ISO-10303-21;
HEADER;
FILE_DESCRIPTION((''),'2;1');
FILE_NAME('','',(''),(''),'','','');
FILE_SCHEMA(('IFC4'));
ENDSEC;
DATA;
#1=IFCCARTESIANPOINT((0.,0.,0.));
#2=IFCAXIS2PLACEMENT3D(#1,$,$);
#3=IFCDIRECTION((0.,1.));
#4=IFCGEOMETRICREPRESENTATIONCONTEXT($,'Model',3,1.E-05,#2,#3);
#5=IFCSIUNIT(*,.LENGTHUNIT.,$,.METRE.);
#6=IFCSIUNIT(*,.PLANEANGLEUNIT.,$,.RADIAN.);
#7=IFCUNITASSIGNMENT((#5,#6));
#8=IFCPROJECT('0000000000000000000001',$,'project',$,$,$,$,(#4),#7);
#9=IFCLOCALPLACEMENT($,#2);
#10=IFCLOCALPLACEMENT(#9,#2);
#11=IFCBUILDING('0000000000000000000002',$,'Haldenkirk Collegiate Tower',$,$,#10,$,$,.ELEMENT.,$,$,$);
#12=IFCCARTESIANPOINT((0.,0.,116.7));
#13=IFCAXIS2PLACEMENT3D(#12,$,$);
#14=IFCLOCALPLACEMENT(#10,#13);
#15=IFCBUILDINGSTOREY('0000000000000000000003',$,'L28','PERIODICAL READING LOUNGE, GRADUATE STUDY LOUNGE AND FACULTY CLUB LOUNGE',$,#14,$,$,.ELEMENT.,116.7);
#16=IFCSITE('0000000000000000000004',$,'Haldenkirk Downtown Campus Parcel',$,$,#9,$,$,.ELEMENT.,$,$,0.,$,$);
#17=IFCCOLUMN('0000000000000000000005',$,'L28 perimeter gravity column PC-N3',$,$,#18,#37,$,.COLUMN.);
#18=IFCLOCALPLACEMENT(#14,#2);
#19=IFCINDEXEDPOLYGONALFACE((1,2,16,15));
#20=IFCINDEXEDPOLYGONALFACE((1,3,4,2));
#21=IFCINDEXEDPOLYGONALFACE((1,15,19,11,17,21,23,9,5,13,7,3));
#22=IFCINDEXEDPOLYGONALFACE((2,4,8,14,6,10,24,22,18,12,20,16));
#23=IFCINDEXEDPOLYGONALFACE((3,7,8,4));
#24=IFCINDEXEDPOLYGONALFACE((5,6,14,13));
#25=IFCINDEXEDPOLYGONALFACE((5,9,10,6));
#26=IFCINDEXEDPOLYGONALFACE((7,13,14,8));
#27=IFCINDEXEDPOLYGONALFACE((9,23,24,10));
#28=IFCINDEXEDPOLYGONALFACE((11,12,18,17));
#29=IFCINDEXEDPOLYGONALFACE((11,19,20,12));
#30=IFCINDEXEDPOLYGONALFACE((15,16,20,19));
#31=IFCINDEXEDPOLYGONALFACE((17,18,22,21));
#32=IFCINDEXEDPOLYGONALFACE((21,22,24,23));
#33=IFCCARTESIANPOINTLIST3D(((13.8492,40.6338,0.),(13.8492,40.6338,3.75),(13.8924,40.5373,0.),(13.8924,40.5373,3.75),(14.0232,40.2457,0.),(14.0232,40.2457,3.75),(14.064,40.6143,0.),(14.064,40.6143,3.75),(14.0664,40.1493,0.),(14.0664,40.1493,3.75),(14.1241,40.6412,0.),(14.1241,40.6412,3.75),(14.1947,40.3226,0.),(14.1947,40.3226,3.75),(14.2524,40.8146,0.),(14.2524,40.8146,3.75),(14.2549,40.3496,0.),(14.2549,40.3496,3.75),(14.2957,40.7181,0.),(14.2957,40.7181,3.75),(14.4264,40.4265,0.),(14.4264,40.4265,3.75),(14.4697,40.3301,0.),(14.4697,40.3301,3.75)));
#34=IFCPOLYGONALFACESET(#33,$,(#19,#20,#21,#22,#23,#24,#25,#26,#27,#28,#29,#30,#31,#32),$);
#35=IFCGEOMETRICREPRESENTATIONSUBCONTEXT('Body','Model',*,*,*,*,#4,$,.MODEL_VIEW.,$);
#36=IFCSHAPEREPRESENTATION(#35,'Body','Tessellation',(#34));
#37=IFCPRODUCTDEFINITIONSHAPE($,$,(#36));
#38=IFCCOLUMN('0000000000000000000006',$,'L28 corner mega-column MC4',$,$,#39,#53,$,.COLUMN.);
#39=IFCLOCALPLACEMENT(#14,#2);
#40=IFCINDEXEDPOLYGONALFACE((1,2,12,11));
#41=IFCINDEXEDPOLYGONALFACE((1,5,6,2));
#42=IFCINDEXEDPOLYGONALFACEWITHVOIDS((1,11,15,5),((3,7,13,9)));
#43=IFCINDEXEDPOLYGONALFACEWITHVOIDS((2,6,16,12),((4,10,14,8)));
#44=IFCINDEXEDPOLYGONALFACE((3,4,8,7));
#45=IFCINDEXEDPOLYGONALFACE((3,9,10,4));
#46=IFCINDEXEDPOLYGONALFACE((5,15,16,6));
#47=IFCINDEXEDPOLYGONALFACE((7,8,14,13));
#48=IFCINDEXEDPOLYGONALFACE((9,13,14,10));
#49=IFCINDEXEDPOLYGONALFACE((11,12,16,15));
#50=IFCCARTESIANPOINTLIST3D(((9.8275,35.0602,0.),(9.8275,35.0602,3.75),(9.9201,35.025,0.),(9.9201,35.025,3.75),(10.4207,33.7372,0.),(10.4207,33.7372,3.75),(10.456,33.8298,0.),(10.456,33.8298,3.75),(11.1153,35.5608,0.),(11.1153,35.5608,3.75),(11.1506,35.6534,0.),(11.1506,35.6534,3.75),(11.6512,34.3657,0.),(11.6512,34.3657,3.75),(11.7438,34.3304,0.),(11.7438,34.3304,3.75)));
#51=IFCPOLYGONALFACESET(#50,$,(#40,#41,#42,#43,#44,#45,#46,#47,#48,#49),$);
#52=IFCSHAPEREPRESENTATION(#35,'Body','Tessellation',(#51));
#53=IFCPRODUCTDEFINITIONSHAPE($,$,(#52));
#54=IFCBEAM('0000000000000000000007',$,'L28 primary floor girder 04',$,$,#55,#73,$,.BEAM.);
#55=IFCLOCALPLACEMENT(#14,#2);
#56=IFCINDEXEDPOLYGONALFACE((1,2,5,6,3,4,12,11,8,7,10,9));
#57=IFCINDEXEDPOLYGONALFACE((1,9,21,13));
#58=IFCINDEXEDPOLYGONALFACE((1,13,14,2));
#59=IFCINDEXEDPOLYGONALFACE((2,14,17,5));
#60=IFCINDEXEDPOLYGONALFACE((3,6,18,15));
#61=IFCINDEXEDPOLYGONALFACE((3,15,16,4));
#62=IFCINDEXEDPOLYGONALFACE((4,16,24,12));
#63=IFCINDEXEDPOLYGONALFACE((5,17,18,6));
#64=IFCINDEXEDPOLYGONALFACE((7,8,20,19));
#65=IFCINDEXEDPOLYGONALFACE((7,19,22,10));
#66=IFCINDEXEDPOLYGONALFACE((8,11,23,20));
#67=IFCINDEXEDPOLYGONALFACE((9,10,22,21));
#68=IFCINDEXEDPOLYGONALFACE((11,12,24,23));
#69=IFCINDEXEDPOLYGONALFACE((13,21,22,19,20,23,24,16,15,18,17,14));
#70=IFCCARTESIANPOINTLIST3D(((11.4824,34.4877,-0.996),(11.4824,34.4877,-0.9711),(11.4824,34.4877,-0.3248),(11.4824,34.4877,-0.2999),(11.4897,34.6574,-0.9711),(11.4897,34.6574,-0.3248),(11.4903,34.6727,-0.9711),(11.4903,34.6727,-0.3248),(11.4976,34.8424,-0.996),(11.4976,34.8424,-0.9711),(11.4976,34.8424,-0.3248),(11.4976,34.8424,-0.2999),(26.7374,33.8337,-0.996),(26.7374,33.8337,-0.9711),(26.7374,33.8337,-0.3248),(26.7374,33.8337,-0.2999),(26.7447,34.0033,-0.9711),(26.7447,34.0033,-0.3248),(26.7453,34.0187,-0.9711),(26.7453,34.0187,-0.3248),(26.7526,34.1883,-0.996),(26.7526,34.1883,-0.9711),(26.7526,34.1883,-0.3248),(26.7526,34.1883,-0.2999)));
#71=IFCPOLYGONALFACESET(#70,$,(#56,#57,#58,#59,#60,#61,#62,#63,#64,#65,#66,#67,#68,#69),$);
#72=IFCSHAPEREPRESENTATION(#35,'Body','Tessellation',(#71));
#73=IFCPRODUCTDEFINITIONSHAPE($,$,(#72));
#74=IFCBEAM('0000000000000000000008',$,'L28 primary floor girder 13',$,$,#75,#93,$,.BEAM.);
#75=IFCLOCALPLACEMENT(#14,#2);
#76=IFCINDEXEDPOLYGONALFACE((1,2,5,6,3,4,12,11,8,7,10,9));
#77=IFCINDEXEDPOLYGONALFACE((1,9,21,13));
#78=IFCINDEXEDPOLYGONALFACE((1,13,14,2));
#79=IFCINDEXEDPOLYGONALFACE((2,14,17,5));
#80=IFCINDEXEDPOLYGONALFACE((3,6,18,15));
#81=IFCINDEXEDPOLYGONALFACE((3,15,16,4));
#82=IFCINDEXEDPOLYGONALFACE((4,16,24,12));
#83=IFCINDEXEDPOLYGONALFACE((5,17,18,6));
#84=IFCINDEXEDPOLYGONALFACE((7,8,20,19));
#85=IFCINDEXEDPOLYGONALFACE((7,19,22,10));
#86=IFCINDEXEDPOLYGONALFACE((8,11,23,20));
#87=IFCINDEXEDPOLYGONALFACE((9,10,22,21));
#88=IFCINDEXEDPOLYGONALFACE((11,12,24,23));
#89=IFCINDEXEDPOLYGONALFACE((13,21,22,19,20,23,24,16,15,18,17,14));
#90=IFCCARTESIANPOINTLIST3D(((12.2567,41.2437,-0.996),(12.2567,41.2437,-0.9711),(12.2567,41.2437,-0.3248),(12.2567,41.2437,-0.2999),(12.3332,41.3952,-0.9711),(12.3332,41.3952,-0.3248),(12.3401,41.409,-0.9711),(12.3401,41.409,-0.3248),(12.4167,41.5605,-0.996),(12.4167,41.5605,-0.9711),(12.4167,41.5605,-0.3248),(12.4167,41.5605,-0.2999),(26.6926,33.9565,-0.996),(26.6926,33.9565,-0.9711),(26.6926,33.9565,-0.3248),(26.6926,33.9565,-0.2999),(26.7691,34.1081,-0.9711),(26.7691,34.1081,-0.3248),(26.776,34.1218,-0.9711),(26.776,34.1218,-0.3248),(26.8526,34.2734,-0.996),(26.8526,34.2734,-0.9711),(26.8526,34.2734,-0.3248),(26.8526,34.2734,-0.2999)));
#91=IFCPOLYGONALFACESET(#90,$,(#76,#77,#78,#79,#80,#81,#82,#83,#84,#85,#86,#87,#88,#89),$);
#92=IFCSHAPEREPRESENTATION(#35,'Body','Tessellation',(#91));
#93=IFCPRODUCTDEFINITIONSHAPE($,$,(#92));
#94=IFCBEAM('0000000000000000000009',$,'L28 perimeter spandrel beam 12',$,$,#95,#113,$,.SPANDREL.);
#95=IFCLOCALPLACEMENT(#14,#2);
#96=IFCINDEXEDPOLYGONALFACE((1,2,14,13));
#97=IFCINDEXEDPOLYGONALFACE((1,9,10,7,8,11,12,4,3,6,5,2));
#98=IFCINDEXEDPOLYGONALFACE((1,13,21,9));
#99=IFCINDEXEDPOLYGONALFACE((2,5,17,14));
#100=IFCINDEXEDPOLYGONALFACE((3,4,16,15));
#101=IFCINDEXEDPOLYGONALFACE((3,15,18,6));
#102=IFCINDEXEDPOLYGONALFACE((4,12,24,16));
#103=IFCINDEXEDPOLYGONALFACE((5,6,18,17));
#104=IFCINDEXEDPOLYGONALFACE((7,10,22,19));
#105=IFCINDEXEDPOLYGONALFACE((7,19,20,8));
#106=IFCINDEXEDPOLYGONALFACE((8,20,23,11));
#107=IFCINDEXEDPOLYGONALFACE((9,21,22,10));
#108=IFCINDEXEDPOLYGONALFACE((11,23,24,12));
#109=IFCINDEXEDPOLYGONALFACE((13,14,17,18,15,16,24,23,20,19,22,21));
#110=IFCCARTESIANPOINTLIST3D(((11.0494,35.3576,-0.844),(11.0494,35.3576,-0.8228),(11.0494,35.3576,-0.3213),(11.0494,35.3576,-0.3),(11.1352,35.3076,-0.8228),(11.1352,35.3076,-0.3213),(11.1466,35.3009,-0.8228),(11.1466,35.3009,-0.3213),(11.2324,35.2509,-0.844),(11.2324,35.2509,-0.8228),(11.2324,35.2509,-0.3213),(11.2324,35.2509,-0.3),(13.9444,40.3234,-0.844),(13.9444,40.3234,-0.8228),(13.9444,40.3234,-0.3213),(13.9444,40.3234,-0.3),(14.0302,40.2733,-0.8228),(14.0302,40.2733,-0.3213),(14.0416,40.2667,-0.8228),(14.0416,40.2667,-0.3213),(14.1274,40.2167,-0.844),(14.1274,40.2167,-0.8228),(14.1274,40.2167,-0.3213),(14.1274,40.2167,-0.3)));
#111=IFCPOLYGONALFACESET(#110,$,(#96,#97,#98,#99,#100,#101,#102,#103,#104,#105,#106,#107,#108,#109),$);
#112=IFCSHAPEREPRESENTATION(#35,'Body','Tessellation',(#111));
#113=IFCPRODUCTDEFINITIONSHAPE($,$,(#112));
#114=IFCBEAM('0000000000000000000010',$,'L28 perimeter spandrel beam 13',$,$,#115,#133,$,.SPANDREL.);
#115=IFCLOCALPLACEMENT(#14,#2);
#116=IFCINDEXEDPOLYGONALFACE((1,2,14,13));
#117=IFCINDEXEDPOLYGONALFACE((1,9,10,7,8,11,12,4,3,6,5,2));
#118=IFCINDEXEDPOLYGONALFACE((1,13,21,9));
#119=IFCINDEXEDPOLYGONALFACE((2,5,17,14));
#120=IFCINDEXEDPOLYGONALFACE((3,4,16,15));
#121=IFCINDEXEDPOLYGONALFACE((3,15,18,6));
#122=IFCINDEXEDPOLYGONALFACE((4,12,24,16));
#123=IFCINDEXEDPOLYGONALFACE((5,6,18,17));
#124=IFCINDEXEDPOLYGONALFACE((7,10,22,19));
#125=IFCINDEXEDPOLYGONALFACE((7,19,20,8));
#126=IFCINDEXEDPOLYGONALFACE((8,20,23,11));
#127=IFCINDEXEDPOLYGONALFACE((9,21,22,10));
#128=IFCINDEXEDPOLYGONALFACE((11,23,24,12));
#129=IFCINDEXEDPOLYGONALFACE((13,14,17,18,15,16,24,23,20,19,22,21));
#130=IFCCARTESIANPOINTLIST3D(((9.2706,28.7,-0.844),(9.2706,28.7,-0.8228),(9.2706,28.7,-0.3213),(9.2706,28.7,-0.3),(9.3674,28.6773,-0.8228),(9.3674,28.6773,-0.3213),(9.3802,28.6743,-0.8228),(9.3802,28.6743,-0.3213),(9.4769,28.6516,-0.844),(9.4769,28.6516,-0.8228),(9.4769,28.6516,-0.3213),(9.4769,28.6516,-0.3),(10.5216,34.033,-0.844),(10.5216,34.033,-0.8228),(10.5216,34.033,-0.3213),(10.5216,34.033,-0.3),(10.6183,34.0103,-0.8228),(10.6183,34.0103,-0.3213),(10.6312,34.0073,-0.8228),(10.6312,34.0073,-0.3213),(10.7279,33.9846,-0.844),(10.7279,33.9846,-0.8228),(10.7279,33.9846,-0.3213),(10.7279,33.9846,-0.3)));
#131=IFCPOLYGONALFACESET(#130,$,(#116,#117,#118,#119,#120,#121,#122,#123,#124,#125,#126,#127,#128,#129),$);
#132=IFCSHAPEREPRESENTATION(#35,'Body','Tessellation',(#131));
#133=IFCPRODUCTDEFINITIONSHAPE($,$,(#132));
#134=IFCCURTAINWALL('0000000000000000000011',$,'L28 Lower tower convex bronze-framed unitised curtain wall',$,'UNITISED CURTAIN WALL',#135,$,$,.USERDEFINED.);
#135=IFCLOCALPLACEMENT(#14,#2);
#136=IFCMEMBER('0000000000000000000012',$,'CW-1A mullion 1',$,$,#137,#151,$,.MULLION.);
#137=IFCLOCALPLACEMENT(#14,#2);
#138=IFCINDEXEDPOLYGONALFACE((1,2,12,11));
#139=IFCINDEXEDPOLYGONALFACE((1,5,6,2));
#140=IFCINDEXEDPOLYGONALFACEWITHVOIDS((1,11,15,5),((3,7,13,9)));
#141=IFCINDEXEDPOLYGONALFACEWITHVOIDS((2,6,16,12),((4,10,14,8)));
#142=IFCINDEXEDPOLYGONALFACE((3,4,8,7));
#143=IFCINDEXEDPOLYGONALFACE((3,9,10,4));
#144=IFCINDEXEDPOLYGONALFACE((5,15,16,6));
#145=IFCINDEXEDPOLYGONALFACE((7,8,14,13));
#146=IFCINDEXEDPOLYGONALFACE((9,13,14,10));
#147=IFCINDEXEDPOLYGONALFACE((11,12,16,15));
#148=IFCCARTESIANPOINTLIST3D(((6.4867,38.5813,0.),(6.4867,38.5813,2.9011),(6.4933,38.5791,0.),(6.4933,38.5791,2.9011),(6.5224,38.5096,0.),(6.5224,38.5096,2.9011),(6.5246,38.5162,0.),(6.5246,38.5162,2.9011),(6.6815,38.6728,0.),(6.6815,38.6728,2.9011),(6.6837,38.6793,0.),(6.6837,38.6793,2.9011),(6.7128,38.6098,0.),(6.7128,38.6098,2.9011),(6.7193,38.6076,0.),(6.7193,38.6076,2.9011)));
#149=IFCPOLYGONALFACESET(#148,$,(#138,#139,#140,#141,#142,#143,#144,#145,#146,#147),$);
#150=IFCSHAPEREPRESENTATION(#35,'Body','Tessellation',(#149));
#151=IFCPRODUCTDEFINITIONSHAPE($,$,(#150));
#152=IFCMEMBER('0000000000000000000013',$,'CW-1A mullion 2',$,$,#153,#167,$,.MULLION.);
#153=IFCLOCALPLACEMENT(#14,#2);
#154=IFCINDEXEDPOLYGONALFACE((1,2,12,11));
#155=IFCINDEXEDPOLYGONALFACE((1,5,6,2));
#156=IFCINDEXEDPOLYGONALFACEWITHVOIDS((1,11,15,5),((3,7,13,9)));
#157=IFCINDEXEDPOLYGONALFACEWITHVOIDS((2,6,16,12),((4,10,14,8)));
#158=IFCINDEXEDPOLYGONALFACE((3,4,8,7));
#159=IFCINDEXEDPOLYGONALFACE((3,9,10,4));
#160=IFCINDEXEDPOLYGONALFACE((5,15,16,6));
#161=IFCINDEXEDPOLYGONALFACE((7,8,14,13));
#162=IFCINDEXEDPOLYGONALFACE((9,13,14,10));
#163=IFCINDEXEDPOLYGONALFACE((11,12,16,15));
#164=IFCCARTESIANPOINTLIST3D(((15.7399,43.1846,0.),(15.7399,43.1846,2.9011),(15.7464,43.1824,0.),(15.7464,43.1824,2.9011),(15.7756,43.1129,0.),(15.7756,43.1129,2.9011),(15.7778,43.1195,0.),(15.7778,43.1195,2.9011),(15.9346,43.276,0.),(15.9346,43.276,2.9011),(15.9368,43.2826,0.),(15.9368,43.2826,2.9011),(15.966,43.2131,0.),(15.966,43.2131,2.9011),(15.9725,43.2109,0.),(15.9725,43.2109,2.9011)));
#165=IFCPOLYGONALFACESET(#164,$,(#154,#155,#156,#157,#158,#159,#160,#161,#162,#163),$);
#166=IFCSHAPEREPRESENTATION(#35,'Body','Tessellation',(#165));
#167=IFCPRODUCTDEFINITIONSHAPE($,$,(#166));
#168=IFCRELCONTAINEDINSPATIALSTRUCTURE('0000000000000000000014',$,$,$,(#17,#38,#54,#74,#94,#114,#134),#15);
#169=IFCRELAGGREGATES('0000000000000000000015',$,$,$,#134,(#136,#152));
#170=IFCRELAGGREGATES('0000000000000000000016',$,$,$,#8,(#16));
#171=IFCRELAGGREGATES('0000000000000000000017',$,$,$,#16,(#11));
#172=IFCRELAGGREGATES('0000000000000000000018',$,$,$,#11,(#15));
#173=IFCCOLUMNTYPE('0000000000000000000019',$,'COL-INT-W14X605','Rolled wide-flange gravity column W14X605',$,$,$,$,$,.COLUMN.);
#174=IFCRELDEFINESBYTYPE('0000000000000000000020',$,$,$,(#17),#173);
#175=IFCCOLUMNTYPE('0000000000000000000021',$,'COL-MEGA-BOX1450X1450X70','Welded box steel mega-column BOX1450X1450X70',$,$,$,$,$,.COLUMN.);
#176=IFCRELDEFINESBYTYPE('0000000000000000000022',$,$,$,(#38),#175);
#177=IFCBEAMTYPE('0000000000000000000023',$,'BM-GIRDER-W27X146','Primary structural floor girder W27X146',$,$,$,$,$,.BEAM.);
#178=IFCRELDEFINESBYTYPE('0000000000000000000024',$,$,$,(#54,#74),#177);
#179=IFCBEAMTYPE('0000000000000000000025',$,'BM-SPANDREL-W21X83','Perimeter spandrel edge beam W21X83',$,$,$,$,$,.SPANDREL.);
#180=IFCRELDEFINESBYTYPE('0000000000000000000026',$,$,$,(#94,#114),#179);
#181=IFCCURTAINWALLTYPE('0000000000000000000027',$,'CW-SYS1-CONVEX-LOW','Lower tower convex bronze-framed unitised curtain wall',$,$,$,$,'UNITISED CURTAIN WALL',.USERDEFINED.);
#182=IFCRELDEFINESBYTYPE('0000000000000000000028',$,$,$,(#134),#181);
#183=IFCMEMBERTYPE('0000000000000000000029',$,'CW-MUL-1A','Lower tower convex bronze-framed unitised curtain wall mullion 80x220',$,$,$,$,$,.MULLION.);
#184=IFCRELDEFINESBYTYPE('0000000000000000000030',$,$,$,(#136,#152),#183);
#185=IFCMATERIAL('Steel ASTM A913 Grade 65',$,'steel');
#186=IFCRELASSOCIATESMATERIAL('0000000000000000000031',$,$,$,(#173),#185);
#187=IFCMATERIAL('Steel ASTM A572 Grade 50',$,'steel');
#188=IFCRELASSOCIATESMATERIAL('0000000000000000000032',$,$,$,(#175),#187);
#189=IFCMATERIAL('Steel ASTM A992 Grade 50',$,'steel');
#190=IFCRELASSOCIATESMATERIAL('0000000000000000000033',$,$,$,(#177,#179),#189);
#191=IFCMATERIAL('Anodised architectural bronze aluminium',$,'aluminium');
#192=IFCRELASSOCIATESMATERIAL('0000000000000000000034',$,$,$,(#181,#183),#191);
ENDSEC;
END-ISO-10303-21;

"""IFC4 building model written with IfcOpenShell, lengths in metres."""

from ifc_helpers import new_model, si_unit, direction, frame, origin, origin_2d, place, context, subcontext, project, spatial, hollow_rectangle, i_section, extrude, material, material_profile, profile_set, type_object, element, aggregate, save


model = new_model("IFC4")

# Units and contexts
model_context = context("Model", 3, precision=1e-05, world=origin(), true_north=direction((0.0, 1.0)))
body_context = subcontext(model_context, "Body", "Model", "MODEL_VIEW")
ifc_project = project(units=[si_unit("LENGTHUNIT", "METRE"), si_unit("PLANEANGLEUNIT", "RADIAN")], contexts=[model_context])

# Site, building, storey
site_placement = place(None, origin())
site = spatial("IfcSite", under=ifc_project, at=site_placement, Name="Haldenkirk Downtown Campus Parcel", CompositionType="ELEMENT", RefElevation=0.0)
building_placement = place(site_placement, origin())
building = spatial("IfcBuilding", under=site, at=building_placement, Name="Haldenkirk Collegiate Tower", CompositionType="ELEMENT")
storey_placement = place(building_placement, frame((0.0, 0.0, 116.7)))
storey = spatial("IfcBuildingStorey", under=building, at=storey_placement, Name="L28", Description="PERIODICAL READING LOUNGE, GRADUATE STUDY LOUNGE AND FACULTY CLUB LOUNGE", CompositionType="ELEMENT", Elevation=116.7)

# Columns
ifc_material_1 = material(Name="Steel ASTM A913 Grade 65", Category="steel")
ifc_material_profile_1 = material_profile(ifc_material_1, i_section(OverallWidth=0.4419, OverallDepth=0.531, WebThickness=0.0659, FlangeThickness=0.1057, at=origin_2d()), Name="W14X605")
ifc_profile_set_1 = profile_set([ifc_material_profile_1], Name="Steel ASTM A913 Grade 65")
column_type_1 = type_object("IfcColumnType", Name="COL-INT-W14X605", Description="Rolled wide-flange gravity column W14X605", PredefinedType="COLUMN", material=ifc_profile_set_1)
column_1_placement = place(storey_placement, frame((14.1594, 40.4819, 0.0), z_axis=(0.0, 0.0, 1.0), x_axis=(0.912477, 0.409127, 0.0)))
element("IfcColumn", 1, at=column_1_placement, inside=storey, type_object=column_type_1, Name="L28 perimeter gravity column PC-N3", PredefinedType="COLUMN", context=body_context, shape_type="SweptSolid", body=[
    extrude(i_section(OverallWidth=0.4419, OverallDepth=0.531, WebThickness=0.0659, FlangeThickness=0.1057, at=origin_2d()), origin(), (0.0, 0.0, 1.0), 3.75),
])
ifc_material_2 = material(Name="Steel ASTM A572 Grade 50", Category="steel")
ifc_material_profile_2 = material_profile(ifc_material_2, hollow_rectangle(XDim=1.45, YDim=1.45, WallThickness=0.0701, at=origin_2d()), Name="BOX1450X1450X70")
ifc_profile_set_2 = profile_set([ifc_material_profile_2], Name="Steel ASTM A572 Grade 50")
column_type_2 = type_object("IfcColumnType", Name="COL-MEGA-BOX1450X1450X70", Description="Welded box steel mega-column BOX1450X1450X70", PredefinedType="COLUMN", material=ifc_profile_set_2)
column_2_placement = place(storey_placement, frame((10.7856, 34.6953, 0.0), z_axis=(0.0, 0.0, 1.0), x_axis=(0.912477, 0.409127, 0.0)))
element("IfcColumn", 2, at=column_2_placement, inside=storey, type_object=column_type_2, Name="L28 corner mega-column MC4", PredefinedType="COLUMN", context=body_context, shape_type="SweptSolid", body=[
    extrude(hollow_rectangle(XDim=1.45, YDim=1.45, WallThickness=0.0701, at=origin_2d()), origin(), (0.0, 0.0, 1.0), 3.75),
])

# Beams
ifc_material_3 = material(Name="Steel ASTM A992 Grade 50", Category="steel")
ifc_material_profile_3 = material_profile(ifc_material_3, i_section(OverallWidth=0.355, OverallDepth=0.696, WebThickness=0.0154, FlangeThickness=0.0249, at=origin_2d()), Name="W27X146")
ifc_profile_set_3 = profile_set([ifc_material_profile_3], Name="Steel ASTM A992 Grade 50")
beam_type_1 = type_object("IfcBeamType", Name="BM-GIRDER-W27X146", Description="Primary structural floor girder W27X146", PredefinedType="BEAM", material=ifc_profile_set_3)
beam_1_placement = place(storey_placement, frame((11.49, 34.665, -0.6479), z_axis=(0.999082, -0.042835, 0.0), x_axis=(0.042835, 0.999082, 0.0)))
element("IfcBeam", 3, at=beam_1_placement, inside=storey, type_object=beam_type_1, Name="L28 primary floor girder 04", PredefinedType="BEAM", context=body_context, shape_type="SweptSolid", body=[
    extrude(i_section(OverallWidth=0.355, OverallDepth=0.696, WebThickness=0.0154, FlangeThickness=0.0249, at=origin_2d()), origin(), (0.0, 0.0, 1.0), 15.269),
])
beam_2_placement = place(storey_placement, frame((12.3367, 41.4021, -0.6479), z_axis=(0.892709, -0.450634, 0.0), x_axis=(0.450634, 0.892709, 0.0)))
element("IfcBeam", 4, at=beam_2_placement, inside=storey, type_object=beam_type_1, Name="L28 primary floor girder 13", PredefinedType="BEAM", context=body_context, shape_type="SweptSolid", body=[
    extrude(i_section(OverallWidth=0.355, OverallDepth=0.696, WebThickness=0.0154, FlangeThickness=0.0249, at=origin_2d()), origin(), (0.0, 0.0, 1.0), 16.1709),
])
ifc_material_profile_4 = material_profile(ifc_material_3, i_section(OverallWidth=0.2119, OverallDepth=0.5439, WebThickness=0.0132, FlangeThickness=0.0212, at=origin_2d()), Name="W21X83")
ifc_profile_set_4 = profile_set([ifc_material_profile_4], Name="Steel ASTM A992 Grade 50")
beam_type_2 = type_object("IfcBeamType", Name="BM-SPANDREL-W21X83", Description="Perimeter spandrel edge beam W21X83", PredefinedType="SPANDREL", material=ifc_profile_set_4)
beam_3_placement = place(storey_placement, frame((14.0359, 40.27, -0.572), z_axis=(-0.503649, -0.863908, 0.0), x_axis=(0.863908, -0.503649, 0.0)))
element("IfcBeam", 5, at=beam_3_placement, inside=storey, type_object=beam_type_2, Name="L28 perimeter spandrel beam 12", PredefinedType="SPANDREL", context=body_context, shape_type="SweptSolid", body=[
    extrude(i_section(OverallWidth=0.2119, OverallDepth=0.5439, WebThickness=0.0132, FlangeThickness=0.0212, at=origin_2d()), origin(), (0.0, 0.0, 1.0), 5.748),
])
beam_4_placement = place(storey_placement, frame((10.6248, 34.0088, -0.572), z_axis=(-0.228374, -0.973574, 0.0), x_axis=(0.973574, -0.228374, 0.0)))
element("IfcBeam", 6, at=beam_4_placement, inside=storey, type_object=beam_type_2, Name="L28 perimeter spandrel beam 13", PredefinedType="SPANDREL", context=body_context, shape_type="SweptSolid", body=[
    extrude(i_section(OverallWidth=0.2119, OverallDepth=0.5439, WebThickness=0.0132, FlangeThickness=0.0212, at=origin_2d()), origin(), (0.0, 0.0, 1.0), 5.4778),
])

# Curtain wall, members
ifc_material_4 = material(Name="Anodised architectural bronze aluminium", Category="aluminium")
curtain_wall_type = type_object("IfcCurtainWallType", Name="CW-SYS1-CONVEX-LOW", Description="Lower tower convex bronze-framed unitised curtain wall", ElementType="UNITISED CURTAIN WALL", PredefinedType="USERDEFINED", material=ifc_material_4)
curtain_wall_placement = place(storey_placement, origin())
curtain_wall = element("IfcCurtainWall", 7, at=curtain_wall_placement, inside=storey, type_object=curtain_wall_type, Name="L28 Lower tower convex bronze-framed unitised curtain wall", ObjectType="UNITISED CURTAIN WALL", PredefinedType="USERDEFINED")
ifc_material_profile_5 = material_profile(ifc_material_4, hollow_rectangle(XDim=0.0801, YDim=0.22, WallThickness=0.0049, at=origin_2d()), Name="CW-MUL-1A")
ifc_profile_set_5 = profile_set([ifc_material_profile_5], Name="Anodised architectural bronze aluminium")
member_type_1 = type_object("IfcMemberType", Name="CW-MUL-1A", Description="Lower tower convex bronze-framed unitised curtain wall mullion 80x220", PredefinedType="MULLION", material=ifc_profile_set_5)
member_1_placement = place(storey_placement, frame((6.603, 38.5945, 0.0), z_axis=(0.0, 0.0, 1.0), x_axis=(-0.445417, 0.895323, 0.0)))
member_1 = element("IfcMember", 8, at=member_1_placement, type_object=member_type_1, Name="CW-1A mullion 1", PredefinedType="MULLION", context=body_context, shape_type="SweptSolid", body=[
    extrude(hollow_rectangle(XDim=0.0801, YDim=0.22, WallThickness=0.0049, at=origin_2d()), origin(), (0.0, 0.0, 1.0), 2.9011),
])
member_2_placement = place(storey_placement, frame((15.8562, 43.1978, 0.0), z_axis=(0.0, 0.0, 1.0), x_axis=(-0.445417, 0.895323, 0.0)))
member_2 = element("IfcMember", 9, at=member_2_placement, type_object=member_type_1, Name="CW-1A mullion 2", PredefinedType="MULLION", context=body_context, shape_type="SweptSolid", body=[
    extrude(hollow_rectangle(XDim=0.0801, YDim=0.22, WallThickness=0.0049, at=origin_2d()), origin(), (0.0, 0.0, 1.0), 2.9011),
])
aggregate(curtain_wall, [member_1, member_2])

save(model, "model.ifc")
